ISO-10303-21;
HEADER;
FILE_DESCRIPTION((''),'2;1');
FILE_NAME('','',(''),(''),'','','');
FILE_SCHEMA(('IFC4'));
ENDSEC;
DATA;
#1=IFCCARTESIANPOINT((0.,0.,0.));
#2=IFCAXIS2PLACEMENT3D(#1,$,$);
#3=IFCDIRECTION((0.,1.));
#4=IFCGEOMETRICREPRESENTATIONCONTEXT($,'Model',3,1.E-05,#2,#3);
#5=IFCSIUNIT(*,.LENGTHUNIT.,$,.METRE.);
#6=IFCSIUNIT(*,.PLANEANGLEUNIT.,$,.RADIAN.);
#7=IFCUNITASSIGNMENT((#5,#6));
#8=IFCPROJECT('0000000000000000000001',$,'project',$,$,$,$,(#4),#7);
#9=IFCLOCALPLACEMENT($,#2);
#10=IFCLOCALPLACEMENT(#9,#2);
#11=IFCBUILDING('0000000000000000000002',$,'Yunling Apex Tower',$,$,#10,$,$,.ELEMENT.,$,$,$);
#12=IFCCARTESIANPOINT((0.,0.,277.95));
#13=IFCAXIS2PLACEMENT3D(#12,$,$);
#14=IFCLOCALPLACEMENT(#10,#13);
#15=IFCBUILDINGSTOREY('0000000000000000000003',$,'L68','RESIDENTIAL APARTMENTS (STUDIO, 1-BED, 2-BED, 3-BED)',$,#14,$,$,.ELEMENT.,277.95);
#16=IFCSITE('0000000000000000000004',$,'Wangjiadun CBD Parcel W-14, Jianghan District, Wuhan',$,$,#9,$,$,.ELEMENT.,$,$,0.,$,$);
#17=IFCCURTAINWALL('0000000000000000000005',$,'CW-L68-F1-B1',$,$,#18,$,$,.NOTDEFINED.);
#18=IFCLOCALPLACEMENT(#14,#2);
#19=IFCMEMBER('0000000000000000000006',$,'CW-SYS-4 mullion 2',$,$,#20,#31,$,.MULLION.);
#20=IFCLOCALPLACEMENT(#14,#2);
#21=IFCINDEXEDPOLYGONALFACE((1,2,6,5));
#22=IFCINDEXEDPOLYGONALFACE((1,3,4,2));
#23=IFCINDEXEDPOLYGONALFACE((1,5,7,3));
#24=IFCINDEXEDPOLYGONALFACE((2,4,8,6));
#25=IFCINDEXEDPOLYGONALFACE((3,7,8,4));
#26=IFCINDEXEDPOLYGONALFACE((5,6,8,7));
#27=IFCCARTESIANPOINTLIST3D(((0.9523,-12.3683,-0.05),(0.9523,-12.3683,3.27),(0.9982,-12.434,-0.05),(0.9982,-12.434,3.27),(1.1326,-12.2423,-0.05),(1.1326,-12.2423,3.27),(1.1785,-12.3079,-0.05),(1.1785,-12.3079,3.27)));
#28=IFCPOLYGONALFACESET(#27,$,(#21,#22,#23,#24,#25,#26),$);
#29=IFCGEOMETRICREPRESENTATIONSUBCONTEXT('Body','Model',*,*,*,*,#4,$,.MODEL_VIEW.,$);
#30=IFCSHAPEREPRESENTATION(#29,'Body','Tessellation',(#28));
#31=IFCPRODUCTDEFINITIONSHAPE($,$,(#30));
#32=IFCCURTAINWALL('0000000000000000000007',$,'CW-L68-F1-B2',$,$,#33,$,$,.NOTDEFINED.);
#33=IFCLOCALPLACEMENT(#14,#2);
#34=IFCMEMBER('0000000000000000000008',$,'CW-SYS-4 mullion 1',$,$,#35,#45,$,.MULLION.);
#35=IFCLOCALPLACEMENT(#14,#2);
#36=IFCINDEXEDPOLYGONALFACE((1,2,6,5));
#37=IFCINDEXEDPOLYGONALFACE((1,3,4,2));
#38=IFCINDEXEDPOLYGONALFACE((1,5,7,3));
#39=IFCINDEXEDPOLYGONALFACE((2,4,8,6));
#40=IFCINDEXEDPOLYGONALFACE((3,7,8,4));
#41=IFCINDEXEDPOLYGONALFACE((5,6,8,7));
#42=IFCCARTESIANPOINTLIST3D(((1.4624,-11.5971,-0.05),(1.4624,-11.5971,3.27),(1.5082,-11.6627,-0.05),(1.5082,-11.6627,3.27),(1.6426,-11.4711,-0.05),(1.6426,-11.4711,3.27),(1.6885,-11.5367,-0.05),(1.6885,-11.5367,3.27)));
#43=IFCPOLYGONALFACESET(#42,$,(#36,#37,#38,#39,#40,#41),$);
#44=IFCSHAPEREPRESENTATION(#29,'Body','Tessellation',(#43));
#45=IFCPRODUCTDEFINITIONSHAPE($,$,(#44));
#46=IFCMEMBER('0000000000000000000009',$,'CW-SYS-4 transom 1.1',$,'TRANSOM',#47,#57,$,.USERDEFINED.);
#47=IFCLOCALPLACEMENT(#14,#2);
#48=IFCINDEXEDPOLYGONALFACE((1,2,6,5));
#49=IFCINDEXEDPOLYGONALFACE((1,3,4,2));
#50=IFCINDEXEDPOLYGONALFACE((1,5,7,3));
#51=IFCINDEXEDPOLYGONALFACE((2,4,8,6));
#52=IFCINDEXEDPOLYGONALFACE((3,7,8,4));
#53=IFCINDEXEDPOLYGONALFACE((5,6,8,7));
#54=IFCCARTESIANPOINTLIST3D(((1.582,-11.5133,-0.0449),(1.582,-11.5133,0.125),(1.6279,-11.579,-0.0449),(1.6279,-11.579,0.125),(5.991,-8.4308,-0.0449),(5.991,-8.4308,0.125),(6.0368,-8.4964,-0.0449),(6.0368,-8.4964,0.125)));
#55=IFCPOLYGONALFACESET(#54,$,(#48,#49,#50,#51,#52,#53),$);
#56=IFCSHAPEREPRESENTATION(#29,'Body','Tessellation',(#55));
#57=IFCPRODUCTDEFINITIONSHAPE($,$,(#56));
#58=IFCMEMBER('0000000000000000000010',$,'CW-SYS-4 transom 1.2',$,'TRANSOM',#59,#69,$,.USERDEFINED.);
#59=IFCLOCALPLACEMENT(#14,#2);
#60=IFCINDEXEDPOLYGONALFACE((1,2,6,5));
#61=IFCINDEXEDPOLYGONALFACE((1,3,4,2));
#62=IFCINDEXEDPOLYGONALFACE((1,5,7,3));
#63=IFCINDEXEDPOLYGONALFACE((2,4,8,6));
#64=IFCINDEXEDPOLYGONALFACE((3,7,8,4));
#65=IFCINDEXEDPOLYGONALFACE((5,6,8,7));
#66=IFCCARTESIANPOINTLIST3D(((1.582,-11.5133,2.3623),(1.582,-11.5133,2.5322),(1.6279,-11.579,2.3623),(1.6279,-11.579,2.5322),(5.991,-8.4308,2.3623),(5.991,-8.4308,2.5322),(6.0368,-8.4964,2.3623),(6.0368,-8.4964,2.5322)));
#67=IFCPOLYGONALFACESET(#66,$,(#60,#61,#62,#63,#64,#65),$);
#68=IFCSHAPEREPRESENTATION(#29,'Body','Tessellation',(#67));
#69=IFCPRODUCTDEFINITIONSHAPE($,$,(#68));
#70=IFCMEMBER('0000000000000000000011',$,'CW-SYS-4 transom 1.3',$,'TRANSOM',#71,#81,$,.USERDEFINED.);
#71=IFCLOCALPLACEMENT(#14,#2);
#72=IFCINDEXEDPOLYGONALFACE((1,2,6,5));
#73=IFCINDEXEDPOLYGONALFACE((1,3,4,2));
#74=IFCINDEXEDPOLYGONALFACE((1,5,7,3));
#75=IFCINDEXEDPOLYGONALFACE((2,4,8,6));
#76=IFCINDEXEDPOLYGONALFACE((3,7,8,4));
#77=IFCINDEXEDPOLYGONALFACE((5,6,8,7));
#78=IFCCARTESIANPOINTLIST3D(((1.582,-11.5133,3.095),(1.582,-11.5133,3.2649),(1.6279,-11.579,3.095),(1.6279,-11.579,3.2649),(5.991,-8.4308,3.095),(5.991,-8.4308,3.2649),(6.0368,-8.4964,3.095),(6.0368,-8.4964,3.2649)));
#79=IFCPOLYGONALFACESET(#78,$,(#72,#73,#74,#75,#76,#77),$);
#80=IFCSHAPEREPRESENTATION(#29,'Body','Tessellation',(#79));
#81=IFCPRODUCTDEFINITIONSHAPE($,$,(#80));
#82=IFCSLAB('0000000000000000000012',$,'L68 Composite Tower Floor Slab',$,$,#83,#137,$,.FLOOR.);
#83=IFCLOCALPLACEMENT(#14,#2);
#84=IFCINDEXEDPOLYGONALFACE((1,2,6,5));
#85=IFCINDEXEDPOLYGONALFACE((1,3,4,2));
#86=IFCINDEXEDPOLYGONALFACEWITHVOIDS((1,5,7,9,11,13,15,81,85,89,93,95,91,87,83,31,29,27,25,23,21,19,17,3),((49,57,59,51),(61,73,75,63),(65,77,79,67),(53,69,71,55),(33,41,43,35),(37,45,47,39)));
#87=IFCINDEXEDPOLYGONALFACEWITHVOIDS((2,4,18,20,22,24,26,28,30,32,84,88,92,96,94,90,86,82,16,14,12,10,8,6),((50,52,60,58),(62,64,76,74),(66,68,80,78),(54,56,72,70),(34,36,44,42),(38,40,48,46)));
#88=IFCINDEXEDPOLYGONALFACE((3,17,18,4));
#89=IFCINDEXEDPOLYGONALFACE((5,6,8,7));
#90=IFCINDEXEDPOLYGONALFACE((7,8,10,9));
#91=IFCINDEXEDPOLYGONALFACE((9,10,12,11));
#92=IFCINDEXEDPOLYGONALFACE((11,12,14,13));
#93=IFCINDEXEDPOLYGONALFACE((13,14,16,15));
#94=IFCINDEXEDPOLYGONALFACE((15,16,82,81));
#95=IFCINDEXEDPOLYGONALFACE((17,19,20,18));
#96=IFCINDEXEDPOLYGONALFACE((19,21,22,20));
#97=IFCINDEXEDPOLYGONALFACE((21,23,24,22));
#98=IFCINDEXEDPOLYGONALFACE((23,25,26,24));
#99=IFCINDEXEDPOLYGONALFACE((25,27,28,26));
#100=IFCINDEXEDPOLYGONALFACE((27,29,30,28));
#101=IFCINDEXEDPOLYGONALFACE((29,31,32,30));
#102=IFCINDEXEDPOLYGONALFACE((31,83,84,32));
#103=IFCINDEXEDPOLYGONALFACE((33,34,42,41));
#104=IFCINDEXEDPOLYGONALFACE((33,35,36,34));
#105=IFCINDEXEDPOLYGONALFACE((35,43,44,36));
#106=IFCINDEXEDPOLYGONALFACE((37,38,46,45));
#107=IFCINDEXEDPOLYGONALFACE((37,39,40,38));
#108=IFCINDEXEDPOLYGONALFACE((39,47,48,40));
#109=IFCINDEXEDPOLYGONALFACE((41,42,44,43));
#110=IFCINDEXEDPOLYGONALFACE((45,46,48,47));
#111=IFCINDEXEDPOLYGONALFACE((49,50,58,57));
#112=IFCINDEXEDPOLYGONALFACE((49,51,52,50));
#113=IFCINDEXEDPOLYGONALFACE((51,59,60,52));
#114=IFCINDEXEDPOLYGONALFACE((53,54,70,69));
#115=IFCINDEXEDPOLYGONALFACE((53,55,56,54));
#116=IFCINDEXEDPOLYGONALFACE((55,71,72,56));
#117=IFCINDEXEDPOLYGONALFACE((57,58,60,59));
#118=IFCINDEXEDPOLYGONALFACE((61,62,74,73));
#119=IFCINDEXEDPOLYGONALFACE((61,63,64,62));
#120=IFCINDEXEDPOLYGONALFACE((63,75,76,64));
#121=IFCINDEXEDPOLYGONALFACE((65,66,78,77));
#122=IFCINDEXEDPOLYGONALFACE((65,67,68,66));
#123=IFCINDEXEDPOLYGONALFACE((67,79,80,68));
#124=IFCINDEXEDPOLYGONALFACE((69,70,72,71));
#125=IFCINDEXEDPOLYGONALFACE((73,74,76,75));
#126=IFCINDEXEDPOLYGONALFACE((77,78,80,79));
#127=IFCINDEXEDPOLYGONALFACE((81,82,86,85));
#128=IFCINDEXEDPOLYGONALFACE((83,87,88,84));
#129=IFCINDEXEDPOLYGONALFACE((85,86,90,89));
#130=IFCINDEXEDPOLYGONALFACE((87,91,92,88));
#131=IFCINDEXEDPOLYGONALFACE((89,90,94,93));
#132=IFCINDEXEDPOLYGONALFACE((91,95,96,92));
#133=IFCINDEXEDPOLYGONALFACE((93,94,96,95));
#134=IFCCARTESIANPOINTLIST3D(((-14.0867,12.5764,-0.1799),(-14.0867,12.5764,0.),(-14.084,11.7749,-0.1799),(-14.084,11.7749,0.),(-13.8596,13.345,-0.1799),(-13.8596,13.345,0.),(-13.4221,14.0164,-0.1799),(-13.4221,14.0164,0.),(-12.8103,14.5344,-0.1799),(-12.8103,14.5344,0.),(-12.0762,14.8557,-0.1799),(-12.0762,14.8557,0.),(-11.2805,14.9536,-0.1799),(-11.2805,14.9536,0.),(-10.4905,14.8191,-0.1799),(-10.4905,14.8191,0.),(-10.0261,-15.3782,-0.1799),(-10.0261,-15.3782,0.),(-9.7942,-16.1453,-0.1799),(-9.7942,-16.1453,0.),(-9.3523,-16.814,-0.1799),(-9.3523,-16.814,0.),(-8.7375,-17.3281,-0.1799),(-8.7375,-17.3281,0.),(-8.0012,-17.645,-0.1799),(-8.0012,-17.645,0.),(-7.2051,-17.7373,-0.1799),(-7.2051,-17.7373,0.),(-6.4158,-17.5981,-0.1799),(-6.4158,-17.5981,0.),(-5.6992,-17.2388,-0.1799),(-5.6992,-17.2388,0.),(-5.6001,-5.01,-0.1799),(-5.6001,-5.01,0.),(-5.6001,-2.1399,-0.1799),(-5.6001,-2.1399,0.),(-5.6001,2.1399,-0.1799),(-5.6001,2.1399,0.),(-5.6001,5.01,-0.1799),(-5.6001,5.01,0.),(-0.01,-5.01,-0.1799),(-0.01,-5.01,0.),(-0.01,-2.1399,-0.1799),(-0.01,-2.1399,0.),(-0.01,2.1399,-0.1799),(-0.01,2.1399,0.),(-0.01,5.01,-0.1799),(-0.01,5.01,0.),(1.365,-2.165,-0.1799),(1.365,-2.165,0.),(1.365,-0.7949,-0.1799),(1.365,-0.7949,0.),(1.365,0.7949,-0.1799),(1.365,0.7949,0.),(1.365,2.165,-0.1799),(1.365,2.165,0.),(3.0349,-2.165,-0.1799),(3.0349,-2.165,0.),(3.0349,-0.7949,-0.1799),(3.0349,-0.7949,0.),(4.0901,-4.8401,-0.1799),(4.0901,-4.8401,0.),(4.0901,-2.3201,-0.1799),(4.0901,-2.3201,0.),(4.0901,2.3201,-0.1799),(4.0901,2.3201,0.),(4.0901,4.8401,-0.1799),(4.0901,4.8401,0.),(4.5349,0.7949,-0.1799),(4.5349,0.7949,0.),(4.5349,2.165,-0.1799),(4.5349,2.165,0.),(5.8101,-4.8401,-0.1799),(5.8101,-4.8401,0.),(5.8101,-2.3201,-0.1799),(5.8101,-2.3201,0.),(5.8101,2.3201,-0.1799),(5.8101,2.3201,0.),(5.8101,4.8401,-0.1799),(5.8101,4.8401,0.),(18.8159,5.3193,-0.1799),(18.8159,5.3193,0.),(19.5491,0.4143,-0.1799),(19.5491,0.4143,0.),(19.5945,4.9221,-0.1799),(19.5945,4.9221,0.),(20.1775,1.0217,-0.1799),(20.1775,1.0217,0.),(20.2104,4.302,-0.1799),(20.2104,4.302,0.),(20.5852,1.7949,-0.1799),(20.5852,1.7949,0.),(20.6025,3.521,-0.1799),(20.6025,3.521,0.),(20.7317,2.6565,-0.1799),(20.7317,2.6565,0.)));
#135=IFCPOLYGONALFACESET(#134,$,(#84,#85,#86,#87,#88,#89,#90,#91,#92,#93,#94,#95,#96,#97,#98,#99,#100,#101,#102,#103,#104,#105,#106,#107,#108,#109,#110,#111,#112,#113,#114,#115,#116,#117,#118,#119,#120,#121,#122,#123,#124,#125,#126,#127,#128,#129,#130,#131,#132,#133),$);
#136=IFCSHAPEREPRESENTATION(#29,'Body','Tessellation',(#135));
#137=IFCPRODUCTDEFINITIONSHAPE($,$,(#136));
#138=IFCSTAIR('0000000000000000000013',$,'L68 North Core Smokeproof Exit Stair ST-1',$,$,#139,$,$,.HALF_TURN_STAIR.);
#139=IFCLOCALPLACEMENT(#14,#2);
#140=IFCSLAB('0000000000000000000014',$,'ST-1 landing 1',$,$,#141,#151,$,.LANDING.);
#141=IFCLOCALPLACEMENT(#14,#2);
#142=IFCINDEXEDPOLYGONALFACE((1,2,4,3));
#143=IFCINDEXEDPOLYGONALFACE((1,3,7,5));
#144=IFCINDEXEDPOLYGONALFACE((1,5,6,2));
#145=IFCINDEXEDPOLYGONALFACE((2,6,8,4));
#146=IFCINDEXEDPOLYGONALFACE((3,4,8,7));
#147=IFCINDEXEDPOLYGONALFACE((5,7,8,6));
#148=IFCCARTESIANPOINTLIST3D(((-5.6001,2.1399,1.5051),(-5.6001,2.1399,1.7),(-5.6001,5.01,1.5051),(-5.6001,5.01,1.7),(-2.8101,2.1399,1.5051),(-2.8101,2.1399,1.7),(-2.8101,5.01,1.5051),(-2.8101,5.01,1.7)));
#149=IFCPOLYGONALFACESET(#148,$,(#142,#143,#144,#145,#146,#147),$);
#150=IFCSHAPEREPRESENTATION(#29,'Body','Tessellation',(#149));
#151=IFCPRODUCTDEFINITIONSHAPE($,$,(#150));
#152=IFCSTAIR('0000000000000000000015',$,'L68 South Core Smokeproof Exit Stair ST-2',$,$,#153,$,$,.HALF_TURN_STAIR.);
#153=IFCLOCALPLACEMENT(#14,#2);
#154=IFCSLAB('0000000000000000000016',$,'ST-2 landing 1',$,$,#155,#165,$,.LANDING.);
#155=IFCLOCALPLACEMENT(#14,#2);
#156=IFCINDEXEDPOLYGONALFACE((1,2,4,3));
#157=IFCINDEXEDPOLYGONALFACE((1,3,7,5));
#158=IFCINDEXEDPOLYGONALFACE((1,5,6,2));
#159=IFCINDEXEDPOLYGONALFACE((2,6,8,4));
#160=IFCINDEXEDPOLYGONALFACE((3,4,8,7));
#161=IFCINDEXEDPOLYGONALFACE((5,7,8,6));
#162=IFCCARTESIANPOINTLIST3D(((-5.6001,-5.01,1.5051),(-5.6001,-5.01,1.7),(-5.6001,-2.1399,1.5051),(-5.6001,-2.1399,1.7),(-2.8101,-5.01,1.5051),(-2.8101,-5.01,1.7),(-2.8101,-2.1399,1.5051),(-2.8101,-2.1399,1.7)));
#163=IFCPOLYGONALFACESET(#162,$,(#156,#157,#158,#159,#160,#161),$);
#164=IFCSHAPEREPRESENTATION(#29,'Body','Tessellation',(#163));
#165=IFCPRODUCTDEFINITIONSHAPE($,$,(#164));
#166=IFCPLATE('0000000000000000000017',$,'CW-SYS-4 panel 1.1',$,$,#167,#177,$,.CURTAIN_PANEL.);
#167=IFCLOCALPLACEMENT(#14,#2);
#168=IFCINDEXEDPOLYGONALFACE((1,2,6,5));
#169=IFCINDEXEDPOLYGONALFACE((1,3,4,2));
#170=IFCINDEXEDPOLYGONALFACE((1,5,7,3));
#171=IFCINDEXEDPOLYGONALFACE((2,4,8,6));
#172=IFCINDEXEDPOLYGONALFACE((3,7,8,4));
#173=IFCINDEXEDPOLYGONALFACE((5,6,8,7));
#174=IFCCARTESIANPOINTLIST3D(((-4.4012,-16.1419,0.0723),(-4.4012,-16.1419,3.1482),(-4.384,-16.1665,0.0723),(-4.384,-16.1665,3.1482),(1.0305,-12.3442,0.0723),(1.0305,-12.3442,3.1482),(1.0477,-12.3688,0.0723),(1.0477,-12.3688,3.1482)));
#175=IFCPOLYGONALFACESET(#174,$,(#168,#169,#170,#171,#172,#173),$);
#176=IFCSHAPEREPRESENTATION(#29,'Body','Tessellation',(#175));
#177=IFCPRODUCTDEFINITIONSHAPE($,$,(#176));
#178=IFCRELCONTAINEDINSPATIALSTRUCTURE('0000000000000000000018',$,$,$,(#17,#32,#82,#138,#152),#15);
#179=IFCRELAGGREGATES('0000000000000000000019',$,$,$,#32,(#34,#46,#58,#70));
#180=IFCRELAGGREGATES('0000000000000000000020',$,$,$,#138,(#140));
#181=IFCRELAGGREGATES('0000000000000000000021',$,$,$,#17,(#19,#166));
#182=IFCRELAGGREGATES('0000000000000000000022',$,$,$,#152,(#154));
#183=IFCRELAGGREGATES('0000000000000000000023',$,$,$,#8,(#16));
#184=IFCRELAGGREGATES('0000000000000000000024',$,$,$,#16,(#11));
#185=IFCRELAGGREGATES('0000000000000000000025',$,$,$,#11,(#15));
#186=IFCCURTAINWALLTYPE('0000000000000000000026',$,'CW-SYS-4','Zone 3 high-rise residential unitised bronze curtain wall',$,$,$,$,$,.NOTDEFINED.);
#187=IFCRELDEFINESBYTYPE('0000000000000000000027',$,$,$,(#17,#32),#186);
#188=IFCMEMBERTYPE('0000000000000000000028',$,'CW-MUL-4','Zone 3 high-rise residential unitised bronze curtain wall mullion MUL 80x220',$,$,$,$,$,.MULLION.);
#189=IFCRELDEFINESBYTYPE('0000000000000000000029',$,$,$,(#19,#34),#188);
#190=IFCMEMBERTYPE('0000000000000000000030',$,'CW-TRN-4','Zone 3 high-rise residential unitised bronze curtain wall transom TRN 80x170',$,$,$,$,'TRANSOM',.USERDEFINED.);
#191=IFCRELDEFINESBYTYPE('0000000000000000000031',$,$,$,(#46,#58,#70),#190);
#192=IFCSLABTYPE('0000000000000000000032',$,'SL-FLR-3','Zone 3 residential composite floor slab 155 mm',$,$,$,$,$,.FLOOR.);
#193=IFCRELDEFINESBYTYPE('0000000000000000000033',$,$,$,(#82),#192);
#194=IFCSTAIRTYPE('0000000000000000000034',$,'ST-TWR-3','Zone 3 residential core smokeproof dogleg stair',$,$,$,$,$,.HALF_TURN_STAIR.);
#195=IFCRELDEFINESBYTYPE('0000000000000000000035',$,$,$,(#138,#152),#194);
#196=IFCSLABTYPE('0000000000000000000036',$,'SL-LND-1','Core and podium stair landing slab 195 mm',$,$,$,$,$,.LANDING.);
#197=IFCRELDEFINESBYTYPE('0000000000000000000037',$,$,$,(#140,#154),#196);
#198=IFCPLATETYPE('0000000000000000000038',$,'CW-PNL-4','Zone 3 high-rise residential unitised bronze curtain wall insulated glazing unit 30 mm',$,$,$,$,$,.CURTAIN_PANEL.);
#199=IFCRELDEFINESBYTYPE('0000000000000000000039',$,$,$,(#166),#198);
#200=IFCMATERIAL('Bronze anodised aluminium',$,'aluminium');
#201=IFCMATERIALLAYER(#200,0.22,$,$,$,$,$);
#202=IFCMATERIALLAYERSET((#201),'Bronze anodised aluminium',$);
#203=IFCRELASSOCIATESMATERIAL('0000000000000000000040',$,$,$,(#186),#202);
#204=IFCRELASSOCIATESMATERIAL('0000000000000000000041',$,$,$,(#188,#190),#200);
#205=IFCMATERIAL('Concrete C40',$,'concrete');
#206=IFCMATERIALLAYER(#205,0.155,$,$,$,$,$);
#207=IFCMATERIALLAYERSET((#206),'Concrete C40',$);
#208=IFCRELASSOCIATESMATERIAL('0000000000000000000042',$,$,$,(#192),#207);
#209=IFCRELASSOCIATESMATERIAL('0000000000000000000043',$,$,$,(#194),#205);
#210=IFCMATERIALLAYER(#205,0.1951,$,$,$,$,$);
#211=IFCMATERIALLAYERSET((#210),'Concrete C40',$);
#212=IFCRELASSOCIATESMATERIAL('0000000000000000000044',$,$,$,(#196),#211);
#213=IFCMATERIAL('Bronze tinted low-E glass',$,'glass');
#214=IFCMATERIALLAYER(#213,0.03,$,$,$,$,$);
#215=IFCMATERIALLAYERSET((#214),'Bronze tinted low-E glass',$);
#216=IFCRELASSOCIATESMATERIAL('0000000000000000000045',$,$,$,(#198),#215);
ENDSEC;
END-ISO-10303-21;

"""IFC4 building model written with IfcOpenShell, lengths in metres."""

from ifc_helpers import new_model, si_unit, direction, frame, origin, origin_2d, place, context, subcontext, project, spatial, polyline, rectangle, outline, extrude, source, transform, mapped, material, layer, layer_set, material_profile, profile_set, type_object, element, aggregate, save


model = new_model("IFC4")

# Units and contexts
model_context = context("Model", 3, precision=1e-05, world=origin(), true_north=direction((0.0, 1.0)))
body_context = subcontext(model_context, "Body", "Model", "MODEL_VIEW")
ifc_project = project(units=[si_unit("LENGTHUNIT", "METRE"), si_unit("PLANEANGLEUNIT", "RADIAN")], contexts=[model_context])

# Site, building, storey
site_placement = place(None, origin())
site = spatial("IfcSite", under=ifc_project, at=site_placement, Name="Wangjiadun CBD Parcel W-14, Jianghan District, Wuhan", CompositionType="ELEMENT", RefElevation=0.0)
building_placement = place(site_placement, origin())
building = spatial("IfcBuilding", under=site, at=building_placement, Name="Yunling Apex Tower", CompositionType="ELEMENT")
storey_placement = place(building_placement, frame((0.0, 0.0, 277.95)))
storey = spatial("IfcBuildingStorey", under=building, at=storey_placement, Name="L68", Description="RESIDENTIAL APARTMENTS (STUDIO, 1-BED, 2-BED, 3-BED)", CompositionType="ELEMENT", Elevation=277.95)

# Curtain wall, member
ifc_material_1 = material(Name="Bronze anodised aluminium", Category="aluminium")
ifc_layer_1 = layer(ifc_material_1, 0.22)
ifc_layer_set_1 = layer_set([ifc_layer_1], Name="Bronze anodised aluminium")
curtain_wall_type = type_object("IfcCurtainWallType", Name="CW-SYS-4", Description="Zone 3 high-rise residential unitised bronze curtain wall", PredefinedType="NOTDEFINED", material=ifc_layer_set_1)
curtain_wall_1_placement = place(storey_placement, origin())
curtain_wall_1 = element("IfcCurtainWall", 1, at=curtain_wall_1_placement, inside=storey, type_object=curtain_wall_type, Name="CW-L68-F1-B1", PredefinedType="NOTDEFINED")
ifc_material_profile_1 = material_profile(ifc_material_1, rectangle(XDim=0.0801, YDim=0.22, at=origin_2d()))
ifc_profile_set_1 = profile_set([ifc_material_profile_1], Name="Bronze anodised aluminium")
member_type_1 = type_object("IfcMemberType", Name="CW-MUL-4", Description="Zone 3 high-rise residential unitised bronze curtain wall mullion MUL 80x220", PredefinedType="MULLION", material=ifc_profile_set_1)
shared_shape_1 = source(origin(), body_context, "Body", "SweptSolid", [
    extrude(rectangle(XDim=0.0801, YDim=0.22, at=origin_2d()), origin(), (0.0, 0.0, 1.0), 3.3201),
])
member_1_placement = place(storey_placement, frame((1.0654, -12.3381, -0.05), z_axis=(0.0, 0.0, 1.0), x_axis=(-0.573, 0.819555, 0.0)))
member_1 = element("IfcMember", 2, at=member_1_placement, type_object=member_type_1, Name="CW-SYS-4 mullion 2", PredefinedType="MULLION", context=body_context, shape_type="MappedRepresentation", body=[
    mapped(shared_shape_1, transform((0.0, 0.0, 0.0), scale=1.0)),
])

# Curtain wall, members
curtain_wall_2_placement = place(storey_placement, origin())
curtain_wall_2 = element("IfcCurtainWall", 3, at=curtain_wall_2_placement, inside=storey, type_object=curtain_wall_type, Name="CW-L68-F1-B2", PredefinedType="NOTDEFINED")
member_2_placement = place(storey_placement, frame((1.5754, -11.5669, -0.05), z_axis=(0.0, 0.0, 1.0), x_axis=(-0.572999, 0.819556, 0.0)))
member_2 = element("IfcMember", 4, at=member_2_placement, type_object=member_type_1, Name="CW-SYS-4 mullion 1", PredefinedType="MULLION", context=body_context, shape_type="MappedRepresentation", body=[
    mapped(shared_shape_1, transform((0.0, 0.0, 0.0), scale=1.0)),
])
ifc_material_profile_2 = material_profile(ifc_material_1, rectangle(XDim=0.0801, YDim=0.1699, at=origin_2d()))
ifc_profile_set_2 = profile_set([ifc_material_profile_2], Name="Bronze anodised aluminium")
member_type_2 = type_object("IfcMemberType", Name="CW-TRN-4", Description="Zone 3 high-rise residential unitised bronze curtain wall transom TRN 80x170", ElementType="TRANSOM", PredefinedType="USERDEFINED", material=ifc_profile_set_2)
shared_shape_2 = source(origin(), body_context, "Body", "SweptSolid", [
    extrude(rectangle(XDim=0.0801, YDim=0.1699, at=origin_2d()), origin(), (0.0, 0.0, 1.0), 5.3796),
])
member_3_placement = place(storey_placement, frame((1.605, -11.5461, 0.04), z_axis=(0.819558, 0.572996, 0.0), x_axis=(-0.572996, 0.819558, 0.0)))
member_3 = element("IfcMember", 5, at=member_3_placement, type_object=member_type_2, Name="CW-SYS-4 transom 1.1", ObjectType="TRANSOM", PredefinedType="USERDEFINED", context=body_context, shape_type="MappedRepresentation", body=[
    mapped(shared_shape_2, transform((0.0, 0.0, 0.0), scale=1.0)),
])
member_4_placement = place(storey_placement, frame((1.605, -11.5461, 2.4473), z_axis=(0.819558, 0.572996, 0.0), x_axis=(-0.572996, 0.819558, 0.0)))
member_4 = element("IfcMember", 6, at=member_4_placement, type_object=member_type_2, Name="CW-SYS-4 transom 1.2", ObjectType="TRANSOM", PredefinedType="USERDEFINED", context=body_context, shape_type="MappedRepresentation", body=[
    mapped(shared_shape_2, transform((0.0, 0.0, 0.0), scale=1.0)),
])
member_5_placement = place(storey_placement, frame((1.605, -11.5461, 3.1799), z_axis=(0.819558, 0.572996, 0.0), x_axis=(-0.572996, 0.819558, 0.0)))
member_5 = element("IfcMember", 7, at=member_5_placement, type_object=member_type_2, Name="CW-SYS-4 transom 1.3", ObjectType="TRANSOM", PredefinedType="USERDEFINED", context=body_context, shape_type="MappedRepresentation", body=[
    mapped(shared_shape_2, transform((0.0, 0.0, 0.0), scale=1.0)),
])
aggregate(curtain_wall_2, [member_2, member_3, member_4, member_5])

# Slab
ifc_material_2 = material(Name="Concrete C40", Category="concrete")
ifc_layer_2 = layer(ifc_material_2, 0.155)
ifc_layer_set_2 = layer_set([ifc_layer_2], Name="Concrete C40")
slab_type_1 = type_object("IfcSlabType", Name="SL-FLR-3", Description="Zone 3 residential composite floor slab 155 mm", PredefinedType="FLOOR", material=ifc_layer_set_2)
slab_1_placement = place(storey_placement, frame((0.0, 0.0, -0.1799)))
element("IfcSlab", 8, at=slab_1_placement, inside=storey, type_object=slab_type_1, Name="L68 Composite Tower Floor Slab", PredefinedType="FLOOR", context=body_context, shape_type="SweptSolid", body=[
    extrude(outline(polyline([(-10.0261, -15.3782), (-9.7942, -16.1453), (-9.3523, -16.814), (-8.7375, -17.3281), (-8.0012, -17.645), (-7.2051, -17.7373), (-6.4158, -17.5981), (-5.6992, -17.2388), (19.5491, 0.4143), (20.1775, 1.0217), (20.5852, 1.7949), (20.7317, 2.6565), (20.6025, 3.521), (20.2104, 4.302), (19.5945, 4.9221), (18.8159, 5.3193), (-10.4905, 14.8191), (-11.2805, 14.9536), (-12.0762, 14.8557), (-12.8103, 14.5344), (-13.4221, 14.0164), (-13.8596, 13.345), (-14.0867, 12.5764), (-14.084, 11.7749), (-10.0261, -15.3782)]), holes=[polyline([(4.0901, 4.8401), (5.8101, 4.8401), (5.8101, 2.3201), (4.0901, 2.3201), (4.0901, 4.8401)]), polyline([(4.0901, -4.8401), (4.0901, -2.3201), (5.8101, -2.3201), (5.8101, -4.8401), (4.0901, -4.8401)]), polyline([(4.5349, 0.7949), (1.365, 0.7949), (1.365, 2.165), (4.5349, 2.165), (4.5349, 0.7949)]), polyline([(1.365, -0.7949), (3.0349, -0.7949), (3.0349, -2.165), (1.365, -2.165), (1.365, -0.7949)]), polyline([(-0.01, -5.01), (-5.6001, -5.01), (-5.6001, -2.1399), (-0.01, -2.1399), (-0.01, -5.01)]), polyline([(-0.01, 2.1399), (-5.6001, 2.1399), (-5.6001, 5.01), (-0.01, 5.01), (-0.01, 2.1399)])]), origin(), (0.0, 0.0, 1.0), 0.1799),
])

# Stairs, slabs
stair_type = type_object("IfcStairType", Name="ST-TWR-3", Description="Zone 3 residential core smokeproof dogleg stair", PredefinedType="HALF_TURN_STAIR", material=ifc_material_2)
stair_1_placement = place(storey_placement, origin())
stair_1 = element("IfcStair", 9, at=stair_1_placement, inside=storey, type_object=stair_type, Name="L68 North Core Smokeproof Exit Stair ST-1", PredefinedType="HALF_TURN_STAIR")
ifc_layer_3 = layer(ifc_material_2, 0.1951)
ifc_layer_set_3 = layer_set([ifc_layer_3], Name="Concrete C40")
slab_type_2 = type_object("IfcSlabType", Name="SL-LND-1", Description="Core and podium stair landing slab 195 mm", PredefinedType="LANDING", material=ifc_layer_set_3)
slab_2_placement = place(storey_placement, frame((0.0, 0.0, 1.5051)))
slab_2 = element("IfcSlab", 10, at=slab_2_placement, type_object=slab_type_2, Name="ST-1 landing 1", PredefinedType="LANDING", context=body_context, shape_type="SweptSolid", body=[
    extrude(outline(polyline([(-2.8101, 5.01), (-5.6001, 5.01), (-5.6001, 2.1399), (-2.8101, 2.1399), (-2.8101, 5.01)])), origin(), (0.0, 0.0, 1.0), 0.1948),
])
aggregate(stair_1, [slab_2])
stair_2_placement = place(storey_placement, origin())
stair_2 = element("IfcStair", 11, at=stair_2_placement, inside=storey, type_object=stair_type, Name="L68 South Core Smokeproof Exit Stair ST-2", PredefinedType="HALF_TURN_STAIR")
slab_3_placement = place(storey_placement, frame((0.0, 0.0, 1.5051)))
slab_3 = element("IfcSlab", 12, at=slab_3_placement, type_object=slab_type_2, Name="ST-2 landing 1", PredefinedType="LANDING", context=body_context, shape_type="SweptSolid", body=[
    extrude(outline(polyline([(-2.8101, -2.1399), (-5.6001, -2.1399), (-5.6001, -5.01), (-2.8101, -5.01), (-2.8101, -2.1399)])), origin(), (0.0, 0.0, 1.0), 0.1948),
])

# Plate
ifc_material_3 = material(Name="Bronze tinted low-E glass", Category="glass")
ifc_layer_4 = layer(ifc_material_3, 0.03)
ifc_layer_set_4 = layer_set([ifc_layer_4], Name="Bronze tinted low-E glass")
plate_type = type_object("IfcPlateType", Name="CW-PNL-4", Description="Zone 3 high-rise residential unitised bronze curtain wall insulated glazing unit 30 mm", PredefinedType="CURTAIN_PANEL", material=ifc_layer_set_4)
shared_shape_3 = source(origin(), body_context, "Body", "SweptSolid", [
    extrude(rectangle(XDim=6.6277, YDim=0.03, at=origin_2d()), origin(), (0.0, 0.0, 1.0), 3.0759),
])
plate_placement = place(storey_placement, frame((-1.6768, -14.2554, 0.0723), z_axis=(0.0, 0.0, 1.0), x_axis=(0.819555, 0.573, 0.0)))
plate = element("IfcPlate", 13, at=plate_placement, type_object=plate_type, Name="CW-SYS-4 panel 1.1", PredefinedType="CURTAIN_PANEL", context=body_context, shape_type="MappedRepresentation", body=[
    mapped(shared_shape_3, transform((0.0, 0.0, 0.0), scale=1.0)),
])
aggregate(curtain_wall_1, [member_1, plate])

aggregate(stair_2, [slab_3])

save(model, "model.ifc")
